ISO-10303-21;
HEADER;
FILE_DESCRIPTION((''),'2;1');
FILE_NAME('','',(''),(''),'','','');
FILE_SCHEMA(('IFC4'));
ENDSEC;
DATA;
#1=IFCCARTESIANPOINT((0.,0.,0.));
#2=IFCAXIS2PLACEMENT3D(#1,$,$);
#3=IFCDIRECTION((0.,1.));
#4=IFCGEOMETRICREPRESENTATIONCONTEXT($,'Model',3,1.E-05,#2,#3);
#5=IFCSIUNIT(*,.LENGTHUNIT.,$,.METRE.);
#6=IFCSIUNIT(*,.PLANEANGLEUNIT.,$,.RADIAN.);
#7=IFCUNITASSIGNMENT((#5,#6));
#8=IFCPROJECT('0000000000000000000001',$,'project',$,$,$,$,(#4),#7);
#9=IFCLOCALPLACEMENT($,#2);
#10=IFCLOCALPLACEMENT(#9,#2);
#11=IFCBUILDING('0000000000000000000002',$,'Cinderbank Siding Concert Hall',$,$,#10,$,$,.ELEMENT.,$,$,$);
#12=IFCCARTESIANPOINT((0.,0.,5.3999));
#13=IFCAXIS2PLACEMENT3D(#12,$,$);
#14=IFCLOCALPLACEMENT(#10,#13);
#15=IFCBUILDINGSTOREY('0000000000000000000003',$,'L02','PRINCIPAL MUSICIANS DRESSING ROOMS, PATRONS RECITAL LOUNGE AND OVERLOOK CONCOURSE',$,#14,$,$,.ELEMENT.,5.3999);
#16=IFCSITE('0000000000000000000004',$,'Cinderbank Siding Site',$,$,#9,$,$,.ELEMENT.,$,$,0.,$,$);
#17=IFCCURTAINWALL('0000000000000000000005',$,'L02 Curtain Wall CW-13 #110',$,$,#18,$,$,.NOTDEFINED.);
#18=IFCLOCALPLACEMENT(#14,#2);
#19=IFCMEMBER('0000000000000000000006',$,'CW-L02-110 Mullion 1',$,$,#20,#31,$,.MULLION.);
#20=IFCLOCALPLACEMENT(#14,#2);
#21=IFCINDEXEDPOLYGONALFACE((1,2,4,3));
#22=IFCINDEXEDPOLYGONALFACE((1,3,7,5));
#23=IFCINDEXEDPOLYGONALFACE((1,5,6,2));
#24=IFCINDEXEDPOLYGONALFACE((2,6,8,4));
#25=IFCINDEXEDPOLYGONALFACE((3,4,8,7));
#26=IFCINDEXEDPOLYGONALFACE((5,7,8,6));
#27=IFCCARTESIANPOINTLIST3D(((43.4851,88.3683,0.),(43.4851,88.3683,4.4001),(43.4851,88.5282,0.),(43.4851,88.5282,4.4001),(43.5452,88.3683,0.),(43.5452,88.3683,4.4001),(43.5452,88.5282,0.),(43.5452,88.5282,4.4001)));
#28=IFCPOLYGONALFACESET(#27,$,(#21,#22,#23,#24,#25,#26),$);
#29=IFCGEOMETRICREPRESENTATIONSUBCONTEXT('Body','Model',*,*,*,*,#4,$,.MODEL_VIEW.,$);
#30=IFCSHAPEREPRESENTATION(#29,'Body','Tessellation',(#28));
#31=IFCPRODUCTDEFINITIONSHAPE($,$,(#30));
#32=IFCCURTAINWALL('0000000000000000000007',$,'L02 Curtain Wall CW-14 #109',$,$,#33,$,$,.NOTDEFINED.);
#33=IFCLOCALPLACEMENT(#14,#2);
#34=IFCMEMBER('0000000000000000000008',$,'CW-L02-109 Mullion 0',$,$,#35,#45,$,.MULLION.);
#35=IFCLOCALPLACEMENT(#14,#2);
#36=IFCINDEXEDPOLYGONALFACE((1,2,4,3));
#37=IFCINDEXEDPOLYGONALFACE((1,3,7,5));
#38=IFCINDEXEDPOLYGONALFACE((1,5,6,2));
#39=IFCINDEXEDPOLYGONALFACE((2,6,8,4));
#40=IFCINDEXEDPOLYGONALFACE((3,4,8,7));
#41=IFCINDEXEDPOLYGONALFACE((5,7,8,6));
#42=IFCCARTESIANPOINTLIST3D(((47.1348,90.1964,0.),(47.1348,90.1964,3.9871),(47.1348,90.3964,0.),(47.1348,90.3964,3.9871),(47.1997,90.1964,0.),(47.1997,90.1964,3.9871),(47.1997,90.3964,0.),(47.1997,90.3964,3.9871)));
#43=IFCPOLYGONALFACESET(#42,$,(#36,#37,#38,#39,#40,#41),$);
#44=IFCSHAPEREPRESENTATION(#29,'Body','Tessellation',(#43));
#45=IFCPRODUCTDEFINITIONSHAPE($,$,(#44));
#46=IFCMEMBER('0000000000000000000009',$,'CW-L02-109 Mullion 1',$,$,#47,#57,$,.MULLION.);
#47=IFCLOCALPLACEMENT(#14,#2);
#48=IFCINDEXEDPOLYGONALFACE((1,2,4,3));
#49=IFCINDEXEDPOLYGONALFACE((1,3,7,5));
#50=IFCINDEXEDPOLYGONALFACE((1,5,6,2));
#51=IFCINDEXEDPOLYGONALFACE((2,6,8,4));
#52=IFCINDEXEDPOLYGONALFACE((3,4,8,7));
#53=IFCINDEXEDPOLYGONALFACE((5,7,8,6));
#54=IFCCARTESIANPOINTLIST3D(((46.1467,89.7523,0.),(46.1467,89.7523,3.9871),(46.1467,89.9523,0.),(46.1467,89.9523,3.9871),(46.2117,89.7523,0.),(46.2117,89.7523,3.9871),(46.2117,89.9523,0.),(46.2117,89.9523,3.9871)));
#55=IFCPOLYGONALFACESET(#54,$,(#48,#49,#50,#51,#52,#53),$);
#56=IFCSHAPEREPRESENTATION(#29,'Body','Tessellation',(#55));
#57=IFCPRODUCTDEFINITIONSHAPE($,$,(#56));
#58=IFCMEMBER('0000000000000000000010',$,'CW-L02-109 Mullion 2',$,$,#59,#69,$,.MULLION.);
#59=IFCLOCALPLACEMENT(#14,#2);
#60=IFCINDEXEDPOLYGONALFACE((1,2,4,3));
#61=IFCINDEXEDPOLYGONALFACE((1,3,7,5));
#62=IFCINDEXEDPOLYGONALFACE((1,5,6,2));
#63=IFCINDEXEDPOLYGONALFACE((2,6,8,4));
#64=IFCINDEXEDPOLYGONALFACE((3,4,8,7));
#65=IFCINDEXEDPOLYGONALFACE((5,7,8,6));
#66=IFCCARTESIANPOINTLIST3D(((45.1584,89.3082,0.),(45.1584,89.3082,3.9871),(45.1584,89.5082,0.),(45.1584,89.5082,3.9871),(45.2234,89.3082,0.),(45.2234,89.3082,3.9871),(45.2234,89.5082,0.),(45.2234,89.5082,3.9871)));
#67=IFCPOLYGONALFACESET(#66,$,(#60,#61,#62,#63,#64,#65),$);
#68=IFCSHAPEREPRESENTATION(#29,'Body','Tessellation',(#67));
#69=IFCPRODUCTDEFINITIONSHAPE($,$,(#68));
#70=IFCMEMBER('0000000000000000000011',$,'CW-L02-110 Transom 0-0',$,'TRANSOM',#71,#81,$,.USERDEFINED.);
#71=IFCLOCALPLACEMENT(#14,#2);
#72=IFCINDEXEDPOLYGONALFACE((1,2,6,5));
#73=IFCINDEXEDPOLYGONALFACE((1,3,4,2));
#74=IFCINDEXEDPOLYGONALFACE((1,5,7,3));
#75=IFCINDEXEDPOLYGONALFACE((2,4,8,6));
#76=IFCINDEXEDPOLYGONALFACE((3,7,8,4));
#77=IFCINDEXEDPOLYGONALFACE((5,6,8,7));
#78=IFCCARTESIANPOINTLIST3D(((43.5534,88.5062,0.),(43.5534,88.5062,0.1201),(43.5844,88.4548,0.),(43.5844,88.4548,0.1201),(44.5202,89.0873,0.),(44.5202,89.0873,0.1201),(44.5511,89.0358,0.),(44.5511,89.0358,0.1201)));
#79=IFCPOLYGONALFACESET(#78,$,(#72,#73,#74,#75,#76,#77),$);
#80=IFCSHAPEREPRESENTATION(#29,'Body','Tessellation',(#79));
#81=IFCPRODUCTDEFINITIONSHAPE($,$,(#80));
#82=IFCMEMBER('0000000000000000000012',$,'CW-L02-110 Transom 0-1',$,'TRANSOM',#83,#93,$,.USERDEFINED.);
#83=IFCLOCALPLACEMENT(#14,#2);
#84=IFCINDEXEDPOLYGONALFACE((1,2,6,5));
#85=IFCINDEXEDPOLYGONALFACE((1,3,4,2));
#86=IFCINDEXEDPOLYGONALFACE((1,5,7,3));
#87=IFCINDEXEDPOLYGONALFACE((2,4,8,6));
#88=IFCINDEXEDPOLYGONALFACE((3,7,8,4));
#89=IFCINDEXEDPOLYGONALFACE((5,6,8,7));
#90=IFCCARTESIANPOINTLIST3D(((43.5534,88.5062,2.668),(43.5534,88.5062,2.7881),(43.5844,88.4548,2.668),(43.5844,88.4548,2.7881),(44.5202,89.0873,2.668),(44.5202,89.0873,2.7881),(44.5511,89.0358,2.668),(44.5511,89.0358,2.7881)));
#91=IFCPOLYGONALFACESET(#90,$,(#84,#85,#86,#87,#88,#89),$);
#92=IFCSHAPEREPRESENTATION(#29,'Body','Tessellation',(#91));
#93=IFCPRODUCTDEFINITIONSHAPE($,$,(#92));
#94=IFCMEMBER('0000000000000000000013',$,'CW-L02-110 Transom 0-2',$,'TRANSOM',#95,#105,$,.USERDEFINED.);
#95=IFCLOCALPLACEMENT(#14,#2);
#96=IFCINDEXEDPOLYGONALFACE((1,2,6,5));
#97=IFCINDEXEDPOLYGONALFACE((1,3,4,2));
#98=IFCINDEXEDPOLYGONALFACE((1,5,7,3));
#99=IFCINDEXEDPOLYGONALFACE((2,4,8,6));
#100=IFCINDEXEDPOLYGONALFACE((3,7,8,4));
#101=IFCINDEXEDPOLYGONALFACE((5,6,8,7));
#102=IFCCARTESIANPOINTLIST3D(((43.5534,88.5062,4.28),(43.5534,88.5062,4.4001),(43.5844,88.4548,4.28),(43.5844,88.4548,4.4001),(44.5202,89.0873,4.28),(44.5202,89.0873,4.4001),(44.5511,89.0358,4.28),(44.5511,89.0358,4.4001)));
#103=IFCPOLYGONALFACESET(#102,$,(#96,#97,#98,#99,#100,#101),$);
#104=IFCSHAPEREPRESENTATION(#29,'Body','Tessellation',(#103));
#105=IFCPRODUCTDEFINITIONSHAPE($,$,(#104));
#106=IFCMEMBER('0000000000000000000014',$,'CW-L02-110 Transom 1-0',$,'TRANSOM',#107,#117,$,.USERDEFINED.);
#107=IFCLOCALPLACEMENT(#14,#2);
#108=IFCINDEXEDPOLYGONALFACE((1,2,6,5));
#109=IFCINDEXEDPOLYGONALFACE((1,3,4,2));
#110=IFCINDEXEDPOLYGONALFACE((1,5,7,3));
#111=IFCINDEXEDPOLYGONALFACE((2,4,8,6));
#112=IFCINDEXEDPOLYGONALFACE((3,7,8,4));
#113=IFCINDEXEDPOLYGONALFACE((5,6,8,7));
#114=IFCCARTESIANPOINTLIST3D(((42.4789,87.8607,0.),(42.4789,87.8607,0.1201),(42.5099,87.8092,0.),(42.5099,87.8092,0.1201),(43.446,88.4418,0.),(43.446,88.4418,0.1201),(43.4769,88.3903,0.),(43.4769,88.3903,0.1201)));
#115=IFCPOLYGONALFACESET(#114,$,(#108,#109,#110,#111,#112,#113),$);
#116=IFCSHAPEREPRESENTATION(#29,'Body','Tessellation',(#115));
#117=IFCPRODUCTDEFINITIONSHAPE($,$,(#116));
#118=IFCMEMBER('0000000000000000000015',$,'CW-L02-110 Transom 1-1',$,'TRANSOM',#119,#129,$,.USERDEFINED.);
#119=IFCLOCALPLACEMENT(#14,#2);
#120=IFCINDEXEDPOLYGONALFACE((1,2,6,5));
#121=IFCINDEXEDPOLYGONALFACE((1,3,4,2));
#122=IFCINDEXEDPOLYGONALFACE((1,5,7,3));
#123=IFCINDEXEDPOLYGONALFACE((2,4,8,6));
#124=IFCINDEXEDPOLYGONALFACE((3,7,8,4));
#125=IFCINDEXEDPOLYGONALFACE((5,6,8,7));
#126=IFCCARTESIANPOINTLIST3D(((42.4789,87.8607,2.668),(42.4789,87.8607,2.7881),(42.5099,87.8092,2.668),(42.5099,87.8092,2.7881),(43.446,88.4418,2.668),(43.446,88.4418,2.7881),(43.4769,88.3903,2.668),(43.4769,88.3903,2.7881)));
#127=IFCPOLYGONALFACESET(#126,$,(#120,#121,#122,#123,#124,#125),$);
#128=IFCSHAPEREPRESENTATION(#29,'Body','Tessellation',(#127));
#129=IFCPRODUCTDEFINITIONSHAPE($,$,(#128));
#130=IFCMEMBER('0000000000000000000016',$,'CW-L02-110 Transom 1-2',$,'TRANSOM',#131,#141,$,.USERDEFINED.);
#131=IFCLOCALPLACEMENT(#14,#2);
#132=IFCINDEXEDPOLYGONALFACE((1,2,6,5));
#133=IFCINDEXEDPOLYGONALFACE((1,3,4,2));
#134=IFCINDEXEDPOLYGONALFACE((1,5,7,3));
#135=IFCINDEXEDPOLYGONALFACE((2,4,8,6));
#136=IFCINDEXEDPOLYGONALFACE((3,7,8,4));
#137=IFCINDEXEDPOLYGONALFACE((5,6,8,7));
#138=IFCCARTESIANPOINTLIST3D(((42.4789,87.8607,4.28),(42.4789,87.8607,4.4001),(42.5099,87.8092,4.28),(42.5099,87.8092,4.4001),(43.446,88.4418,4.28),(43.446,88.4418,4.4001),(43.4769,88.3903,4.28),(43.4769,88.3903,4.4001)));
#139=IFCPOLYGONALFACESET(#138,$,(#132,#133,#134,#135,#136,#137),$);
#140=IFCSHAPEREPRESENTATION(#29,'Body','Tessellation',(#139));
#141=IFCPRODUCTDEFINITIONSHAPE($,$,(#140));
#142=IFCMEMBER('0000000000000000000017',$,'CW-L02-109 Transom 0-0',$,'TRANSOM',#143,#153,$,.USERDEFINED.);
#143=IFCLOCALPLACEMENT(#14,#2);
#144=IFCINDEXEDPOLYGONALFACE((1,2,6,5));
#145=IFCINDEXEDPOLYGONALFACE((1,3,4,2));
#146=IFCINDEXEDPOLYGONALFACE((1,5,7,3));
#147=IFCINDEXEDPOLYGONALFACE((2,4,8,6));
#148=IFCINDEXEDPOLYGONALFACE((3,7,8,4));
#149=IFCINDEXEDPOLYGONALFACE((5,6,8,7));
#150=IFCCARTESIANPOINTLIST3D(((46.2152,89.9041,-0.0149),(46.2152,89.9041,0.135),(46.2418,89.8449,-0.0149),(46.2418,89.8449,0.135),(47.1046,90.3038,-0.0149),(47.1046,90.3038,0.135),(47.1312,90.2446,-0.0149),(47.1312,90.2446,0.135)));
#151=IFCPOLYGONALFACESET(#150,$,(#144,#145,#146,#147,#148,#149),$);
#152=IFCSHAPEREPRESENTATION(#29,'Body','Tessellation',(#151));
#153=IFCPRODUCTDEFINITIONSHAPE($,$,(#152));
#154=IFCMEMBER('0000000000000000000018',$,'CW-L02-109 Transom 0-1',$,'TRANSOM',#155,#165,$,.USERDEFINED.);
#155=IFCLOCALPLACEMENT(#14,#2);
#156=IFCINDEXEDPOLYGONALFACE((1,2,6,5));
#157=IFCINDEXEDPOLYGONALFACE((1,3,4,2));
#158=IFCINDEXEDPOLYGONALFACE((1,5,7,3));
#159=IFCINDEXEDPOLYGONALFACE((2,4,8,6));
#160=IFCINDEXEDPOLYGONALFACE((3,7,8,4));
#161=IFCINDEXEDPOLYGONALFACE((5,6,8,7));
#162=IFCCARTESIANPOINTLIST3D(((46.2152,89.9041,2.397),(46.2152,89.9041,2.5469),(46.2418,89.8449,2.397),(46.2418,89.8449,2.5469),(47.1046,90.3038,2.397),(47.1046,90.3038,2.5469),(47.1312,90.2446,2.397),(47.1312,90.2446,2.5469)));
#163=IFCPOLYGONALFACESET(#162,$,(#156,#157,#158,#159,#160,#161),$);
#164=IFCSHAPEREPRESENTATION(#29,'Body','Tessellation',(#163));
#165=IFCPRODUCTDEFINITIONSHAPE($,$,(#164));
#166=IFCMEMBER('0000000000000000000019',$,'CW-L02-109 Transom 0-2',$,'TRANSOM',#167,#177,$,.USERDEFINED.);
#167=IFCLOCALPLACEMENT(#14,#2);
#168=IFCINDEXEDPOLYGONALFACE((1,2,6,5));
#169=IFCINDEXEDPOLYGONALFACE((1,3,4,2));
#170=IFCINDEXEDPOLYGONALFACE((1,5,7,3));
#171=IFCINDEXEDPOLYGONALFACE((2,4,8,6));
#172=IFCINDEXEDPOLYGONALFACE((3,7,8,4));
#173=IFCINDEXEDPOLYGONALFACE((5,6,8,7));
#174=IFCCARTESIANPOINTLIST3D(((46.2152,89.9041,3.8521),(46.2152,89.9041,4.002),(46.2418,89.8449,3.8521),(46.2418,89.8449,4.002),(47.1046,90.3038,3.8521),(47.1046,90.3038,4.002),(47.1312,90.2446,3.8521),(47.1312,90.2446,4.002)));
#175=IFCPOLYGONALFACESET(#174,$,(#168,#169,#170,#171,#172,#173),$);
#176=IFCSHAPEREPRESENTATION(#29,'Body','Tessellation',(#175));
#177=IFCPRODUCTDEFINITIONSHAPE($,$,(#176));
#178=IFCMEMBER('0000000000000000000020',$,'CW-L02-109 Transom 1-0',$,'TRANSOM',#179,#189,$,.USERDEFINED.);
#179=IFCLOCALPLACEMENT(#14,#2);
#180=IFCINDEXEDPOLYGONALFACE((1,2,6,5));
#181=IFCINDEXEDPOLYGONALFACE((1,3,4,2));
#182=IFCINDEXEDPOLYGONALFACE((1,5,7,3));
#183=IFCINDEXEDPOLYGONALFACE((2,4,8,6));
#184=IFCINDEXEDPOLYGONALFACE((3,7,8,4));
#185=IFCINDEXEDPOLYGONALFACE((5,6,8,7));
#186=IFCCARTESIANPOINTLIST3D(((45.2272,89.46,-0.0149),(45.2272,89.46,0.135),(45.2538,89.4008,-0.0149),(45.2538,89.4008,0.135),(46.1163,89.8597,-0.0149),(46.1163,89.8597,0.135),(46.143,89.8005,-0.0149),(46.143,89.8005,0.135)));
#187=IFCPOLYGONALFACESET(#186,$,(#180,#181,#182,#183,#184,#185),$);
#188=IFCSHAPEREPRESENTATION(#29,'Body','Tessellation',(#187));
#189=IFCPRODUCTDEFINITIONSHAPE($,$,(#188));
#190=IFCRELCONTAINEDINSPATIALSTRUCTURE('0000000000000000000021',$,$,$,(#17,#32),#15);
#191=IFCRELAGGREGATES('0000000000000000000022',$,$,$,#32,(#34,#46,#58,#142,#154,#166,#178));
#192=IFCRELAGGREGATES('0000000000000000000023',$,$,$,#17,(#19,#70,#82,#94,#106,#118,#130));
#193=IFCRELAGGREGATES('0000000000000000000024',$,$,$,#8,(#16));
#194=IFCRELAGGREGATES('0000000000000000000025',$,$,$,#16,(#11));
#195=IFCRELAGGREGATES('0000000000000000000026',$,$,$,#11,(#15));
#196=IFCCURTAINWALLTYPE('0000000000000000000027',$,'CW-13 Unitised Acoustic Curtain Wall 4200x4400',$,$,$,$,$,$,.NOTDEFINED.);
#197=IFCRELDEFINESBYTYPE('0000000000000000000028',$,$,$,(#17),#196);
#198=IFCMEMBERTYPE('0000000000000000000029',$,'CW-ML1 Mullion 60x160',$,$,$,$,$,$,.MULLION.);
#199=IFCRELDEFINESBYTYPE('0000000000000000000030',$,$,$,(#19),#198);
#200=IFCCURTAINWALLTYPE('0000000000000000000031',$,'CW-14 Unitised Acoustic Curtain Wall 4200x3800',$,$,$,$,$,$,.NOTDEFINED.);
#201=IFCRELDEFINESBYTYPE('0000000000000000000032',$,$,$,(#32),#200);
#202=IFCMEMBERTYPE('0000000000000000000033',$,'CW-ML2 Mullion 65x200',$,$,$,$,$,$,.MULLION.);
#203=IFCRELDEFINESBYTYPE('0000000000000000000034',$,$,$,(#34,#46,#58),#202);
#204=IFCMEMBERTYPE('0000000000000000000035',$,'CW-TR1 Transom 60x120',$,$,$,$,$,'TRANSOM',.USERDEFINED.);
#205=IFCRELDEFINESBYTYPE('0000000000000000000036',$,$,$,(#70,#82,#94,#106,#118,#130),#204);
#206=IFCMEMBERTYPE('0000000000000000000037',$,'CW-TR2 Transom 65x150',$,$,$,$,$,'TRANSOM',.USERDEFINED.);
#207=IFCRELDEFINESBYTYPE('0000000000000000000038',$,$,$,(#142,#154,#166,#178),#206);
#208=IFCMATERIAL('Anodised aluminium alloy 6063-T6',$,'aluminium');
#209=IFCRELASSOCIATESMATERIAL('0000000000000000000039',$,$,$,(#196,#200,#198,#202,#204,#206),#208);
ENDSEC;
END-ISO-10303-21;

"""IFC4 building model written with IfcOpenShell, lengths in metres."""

from ifc_helpers import new_model, si_unit, direction, frame, origin, origin_2d, place, context, subcontext, project, spatial, rectangle, extrude, material, material_profile, profile_set, type_object, element, aggregate, save


model = new_model("IFC4")

# Units and contexts
model_context = context("Model", 3, precision=1e-05, world=origin(), true_north=direction((0.0, 1.0)))
body_context = subcontext(model_context, "Body", "Model", "MODEL_VIEW")
ifc_project = project(units=[si_unit("LENGTHUNIT", "METRE"), si_unit("PLANEANGLEUNIT", "RADIAN")], contexts=[model_context])

# Site, building, storey
site_placement = place(None, origin())
site = spatial("IfcSite", under=ifc_project, at=site_placement, Name="Cinderbank Siding Site", CompositionType="ELEMENT", RefElevation=0.0)
building_placement = place(site_placement, origin())
building = spatial("IfcBuilding", under=site, at=building_placement, Name="Cinderbank Siding Concert Hall", CompositionType="ELEMENT")
storey_placement = place(building_placement, frame((0.0, 0.0, 5.3999)))
storey = spatial("IfcBuildingStorey", under=building, at=storey_placement, Name="L02", Description="PRINCIPAL MUSICIANS DRESSING ROOMS, PATRONS RECITAL LOUNGE AND OVERLOOK CONCOURSE", CompositionType="ELEMENT", Elevation=5.3999)

# Curtain walls, members
ifc_material_1 = material(Name="Anodised aluminium alloy 6063-T6", Category="aluminium")
curtain_wall_type_1 = type_object("IfcCurtainWallType", Name="CW-13 Unitised Acoustic Curtain Wall 4200x4400", PredefinedType="NOTDEFINED", material=ifc_material_1)
curtain_wall_1_placement = place(storey_placement, origin())
curtain_wall_1 = element("IfcCurtainWall", 1, at=curtain_wall_1_placement, inside=storey, type_object=curtain_wall_type_1, Name="L02 Curtain Wall CW-13 #110", PredefinedType="NOTDEFINED")
ifc_material_profile_1 = material_profile(ifc_material_1, rectangle(XDim=0.0601, YDim=0.1599, at=origin_2d()), Name="ALU-MULL-60x160", Category="LoadBearing")
ifc_profile_set_1 = profile_set([ifc_material_profile_1], Name="Anodised aluminium alloy 6063-T6")
member_type_1 = type_object("IfcMemberType", Name="CW-ML1 Mullion 60x160", PredefinedType="MULLION", material=ifc_profile_set_1)
member_1_placement = place(storey_placement, frame((43.5151, 88.4482, 0.0), z_axis=(0.0, 0.0, 1.0), x_axis=(1.0, 0.0, 0.0)))
member_1 = element("IfcMember", 2, at=member_1_placement, type_object=member_type_1, Name="CW-L02-110 Mullion 1", PredefinedType="MULLION", context=body_context, shape_type="SweptSolid", body=[
    extrude(rectangle(XDim=0.0601, YDim=0.1599, at=origin_2d()), origin(), (0.0, 0.0, 1.0), 4.4001),
])
curtain_wall_type_2 = type_object("IfcCurtainWallType", Name="CW-14 Unitised Acoustic Curtain Wall 4200x3800", PredefinedType="NOTDEFINED", material=ifc_material_1)
curtain_wall_2_placement = place(storey_placement, origin())
curtain_wall_2 = element("IfcCurtainWall", 3, at=curtain_wall_2_placement, inside=storey, type_object=curtain_wall_type_2, Name="L02 Curtain Wall CW-14 #109", PredefinedType="NOTDEFINED")
ifc_material_profile_2 = material_profile(ifc_material_1, rectangle(XDim=0.0649, YDim=0.2, at=origin_2d()), Name="ALU-MULL-65x200", Category="LoadBearing")
ifc_profile_set_2 = profile_set([ifc_material_profile_2], Name="Anodised aluminium alloy 6063-T6")
member_type_2 = type_object("IfcMemberType", Name="CW-ML2 Mullion 65x200", PredefinedType="MULLION", material=ifc_profile_set_2)
member_2_placement = place(storey_placement, frame((47.1672, 90.2964, 0.0), z_axis=(0.0, 0.0, 1.0), x_axis=(1.0, 0.0, 0.0)))
member_2 = element("IfcMember", 4, at=member_2_placement, type_object=member_type_2, Name="CW-L02-109 Mullion 0", PredefinedType="MULLION", context=body_context, shape_type="SweptSolid", body=[
    extrude(rectangle(XDim=0.0649, YDim=0.2, at=origin_2d()), origin(), (0.0, 0.0, 1.0), 3.9871),
])
member_3_placement = place(storey_placement, frame((46.1792, 89.8523, 0.0), z_axis=(0.0, 0.0, 1.0), x_axis=(1.0, 0.0, 0.0)))
member_3 = element("IfcMember", 5, at=member_3_placement, type_object=member_type_2, Name="CW-L02-109 Mullion 1", PredefinedType="MULLION", context=body_context, shape_type="SweptSolid", body=[
    extrude(rectangle(XDim=0.0649, YDim=0.2, at=origin_2d()), origin(), (0.0, 0.0, 1.0), 3.9871),
])
member_4_placement = place(storey_placement, frame((45.1909, 89.4082, 0.0), z_axis=(0.0, 0.0, 1.0), x_axis=(1.0, 0.0, 0.0)))
member_4 = element("IfcMember", 6, at=member_4_placement, type_object=member_type_2, Name="CW-L02-109 Mullion 2", PredefinedType="MULLION", context=body_context, shape_type="SweptSolid", body=[
    extrude(rectangle(XDim=0.0649, YDim=0.2, at=origin_2d()), origin(), (0.0, 0.0, 1.0), 3.9871),
])

# Members
ifc_material_profile_3 = material_profile(ifc_material_1, rectangle(XDim=0.0601, YDim=0.1201, at=origin_2d()), Name="ALU-TRAN-60x120", Category="LoadBearing")
ifc_profile_set_3 = profile_set([ifc_material_profile_3], Name="Anodised aluminium alloy 6063-T6")
member_type_3 = type_object("IfcMemberType", Name="CW-TR1 Transom 60x120", ElementType="TRANSOM", PredefinedType="USERDEFINED", material=ifc_profile_set_3)
member_5_placement = place(storey_placement, frame((44.5356, 89.0615, 0.0601), z_axis=(-0.857111, -0.515132, 0.0), x_axis=(0.515132, -0.857111, 0.0)))
member_5 = element("IfcMember", 7, at=member_5_placement, type_object=member_type_3, Name="CW-L02-110 Transom 0-0", ObjectType="TRANSOM", PredefinedType="USERDEFINED", context=body_context, shape_type="SweptSolid", body=[
    extrude(rectangle(XDim=0.0601, YDim=0.1201, at=origin_2d()), origin(), (0.0, 0.0, 1.0), 1.1279),
])
member_6_placement = place(storey_placement, frame((44.5356, 89.0615, 2.728), z_axis=(-0.857111, -0.515132, 0.0), x_axis=(0.515132, -0.857111, 0.0)))
member_6 = element("IfcMember", 8, at=member_6_placement, type_object=member_type_3, Name="CW-L02-110 Transom 0-1", ObjectType="TRANSOM", PredefinedType="USERDEFINED", context=body_context, shape_type="SweptSolid", body=[
    extrude(rectangle(XDim=0.0601, YDim=0.1201, at=origin_2d()), origin(), (0.0, 0.0, 1.0), 1.1279),
])
member_7_placement = place(storey_placement, frame((44.5356, 89.0615, 4.3401), z_axis=(-0.857111, -0.515132, 0.0), x_axis=(0.515132, -0.857111, 0.0)))
member_7 = element("IfcMember", 9, at=member_7_placement, type_object=member_type_3, Name="CW-L02-110 Transom 0-2", ObjectType="TRANSOM", PredefinedType="USERDEFINED", context=body_context, shape_type="SweptSolid", body=[
    extrude(rectangle(XDim=0.0601, YDim=0.1201, at=origin_2d()), origin(), (0.0, 0.0, 1.0), 1.1279),
])
member_8_placement = place(storey_placement, frame((43.4614, 88.416, 0.0601), z_axis=(-0.857168, -0.515037, 0.0), x_axis=(0.515037, -0.857168, 0.0)))
member_8 = element("IfcMember", 10, at=member_8_placement, type_object=member_type_3, Name="CW-L02-110 Transom 1-0", ObjectType="TRANSOM", PredefinedType="USERDEFINED", context=body_context, shape_type="SweptSolid", body=[
    extrude(rectangle(XDim=0.0601, YDim=0.1201, at=origin_2d()), origin(), (0.0, 0.0, 1.0), 1.1282),
])
member_9_placement = place(storey_placement, frame((43.4614, 88.416, 2.728), z_axis=(-0.857168, -0.515037, 0.0), x_axis=(0.515037, -0.857168, 0.0)))
member_9 = element("IfcMember", 11, at=member_9_placement, type_object=member_type_3, Name="CW-L02-110 Transom 1-1", ObjectType="TRANSOM", PredefinedType="USERDEFINED", context=body_context, shape_type="SweptSolid", body=[
    extrude(rectangle(XDim=0.0601, YDim=0.1201, at=origin_2d()), origin(), (0.0, 0.0, 1.0), 1.1282),
])
member_10_placement = place(storey_placement, frame((43.4614, 88.416, 4.3401), z_axis=(-0.857168, -0.515037, 0.0), x_axis=(0.515037, -0.857168, 0.0)))
member_10 = element("IfcMember", 12, at=member_10_placement, type_object=member_type_3, Name="CW-L02-110 Transom 1-2", ObjectType="TRANSOM", PredefinedType="USERDEFINED", context=body_context, shape_type="SweptSolid", body=[
    extrude(rectangle(XDim=0.0601, YDim=0.1201, at=origin_2d()), origin(), (0.0, 0.0, 1.0), 1.1282),
])
ifc_material_profile_4 = material_profile(ifc_material_1, rectangle(XDim=0.0649, YDim=0.1499, at=origin_2d()), Name="ALU-TRAN-65x150", Category="LoadBearing")
ifc_profile_set_4 = profile_set([ifc_material_profile_4], Name="Anodised aluminium alloy 6063-T6")
member_type_4 = type_object("IfcMemberType", Name="CW-TR2 Transom 65x150", ElementType="TRANSOM", PredefinedType="USERDEFINED", material=ifc_profile_set_4)
member_11_placement = place(storey_placement, frame((47.1179, 90.2742, 0.0601), z_axis=(-0.912142, -0.409875, 0.0), x_axis=(0.409875, -0.912142, 0.0)))
member_11 = element("IfcMember", 13, at=member_11_placement, type_object=member_type_4, Name="CW-L02-109 Transom 0-0", ObjectType="TRANSOM", PredefinedType="USERDEFINED", context=body_context, shape_type="SweptSolid", body=[
    extrude(rectangle(XDim=0.0649, YDim=0.1499, at=origin_2d()), origin(), (0.0, 0.0, 1.0), 0.9751),
])
member_12_placement = place(storey_placement, frame((47.1179, 90.2742, 2.4719), z_axis=(-0.912142, -0.409875, 0.0), x_axis=(0.409875, -0.912142, 0.0)))
member_12 = element("IfcMember", 14, at=member_12_placement, type_object=member_type_4, Name="CW-L02-109 Transom 0-1", ObjectType="TRANSOM", PredefinedType="USERDEFINED", context=body_context, shape_type="SweptSolid", body=[
    extrude(rectangle(XDim=0.0649, YDim=0.1499, at=origin_2d()), origin(), (0.0, 0.0, 1.0), 0.9751),
])
member_13_placement = place(storey_placement, frame((47.1179, 90.2742, 3.927), z_axis=(-0.912142, -0.409875, 0.0), x_axis=(0.409875, -0.912142, 0.0)))
member_13 = element("IfcMember", 15, at=member_13_placement, type_object=member_type_4, Name="CW-L02-109 Transom 0-2", ObjectType="TRANSOM", PredefinedType="USERDEFINED", context=body_context, shape_type="SweptSolid", body=[
    extrude(rectangle(XDim=0.0649, YDim=0.1499, at=origin_2d()), origin(), (0.0, 0.0, 1.0), 0.9751),
])
member_14_placement = place(storey_placement, frame((46.1296, 89.8301, 0.0601), z_axis=(-0.912099, -0.409969, 0.0), x_axis=(0.409969, -0.912099, 0.0)))
member_14 = element("IfcMember", 16, at=member_14_placement, type_object=member_type_4, Name="CW-L02-109 Transom 1-0", ObjectType="TRANSOM", PredefinedType="USERDEFINED", context=body_context, shape_type="SweptSolid", body=[
    extrude(rectangle(XDim=0.0649, YDim=0.1499, at=origin_2d()), origin(), (0.0, 0.0, 1.0), 0.9749),
])

aggregate(curtain_wall_2, [member_2, member_3, member_4, member_11, member_12, member_13, member_14])
aggregate(curtain_wall_1, [member_1, member_5, member_6, member_7, member_8, member_9, member_10])

save(model, "model.ifc")
